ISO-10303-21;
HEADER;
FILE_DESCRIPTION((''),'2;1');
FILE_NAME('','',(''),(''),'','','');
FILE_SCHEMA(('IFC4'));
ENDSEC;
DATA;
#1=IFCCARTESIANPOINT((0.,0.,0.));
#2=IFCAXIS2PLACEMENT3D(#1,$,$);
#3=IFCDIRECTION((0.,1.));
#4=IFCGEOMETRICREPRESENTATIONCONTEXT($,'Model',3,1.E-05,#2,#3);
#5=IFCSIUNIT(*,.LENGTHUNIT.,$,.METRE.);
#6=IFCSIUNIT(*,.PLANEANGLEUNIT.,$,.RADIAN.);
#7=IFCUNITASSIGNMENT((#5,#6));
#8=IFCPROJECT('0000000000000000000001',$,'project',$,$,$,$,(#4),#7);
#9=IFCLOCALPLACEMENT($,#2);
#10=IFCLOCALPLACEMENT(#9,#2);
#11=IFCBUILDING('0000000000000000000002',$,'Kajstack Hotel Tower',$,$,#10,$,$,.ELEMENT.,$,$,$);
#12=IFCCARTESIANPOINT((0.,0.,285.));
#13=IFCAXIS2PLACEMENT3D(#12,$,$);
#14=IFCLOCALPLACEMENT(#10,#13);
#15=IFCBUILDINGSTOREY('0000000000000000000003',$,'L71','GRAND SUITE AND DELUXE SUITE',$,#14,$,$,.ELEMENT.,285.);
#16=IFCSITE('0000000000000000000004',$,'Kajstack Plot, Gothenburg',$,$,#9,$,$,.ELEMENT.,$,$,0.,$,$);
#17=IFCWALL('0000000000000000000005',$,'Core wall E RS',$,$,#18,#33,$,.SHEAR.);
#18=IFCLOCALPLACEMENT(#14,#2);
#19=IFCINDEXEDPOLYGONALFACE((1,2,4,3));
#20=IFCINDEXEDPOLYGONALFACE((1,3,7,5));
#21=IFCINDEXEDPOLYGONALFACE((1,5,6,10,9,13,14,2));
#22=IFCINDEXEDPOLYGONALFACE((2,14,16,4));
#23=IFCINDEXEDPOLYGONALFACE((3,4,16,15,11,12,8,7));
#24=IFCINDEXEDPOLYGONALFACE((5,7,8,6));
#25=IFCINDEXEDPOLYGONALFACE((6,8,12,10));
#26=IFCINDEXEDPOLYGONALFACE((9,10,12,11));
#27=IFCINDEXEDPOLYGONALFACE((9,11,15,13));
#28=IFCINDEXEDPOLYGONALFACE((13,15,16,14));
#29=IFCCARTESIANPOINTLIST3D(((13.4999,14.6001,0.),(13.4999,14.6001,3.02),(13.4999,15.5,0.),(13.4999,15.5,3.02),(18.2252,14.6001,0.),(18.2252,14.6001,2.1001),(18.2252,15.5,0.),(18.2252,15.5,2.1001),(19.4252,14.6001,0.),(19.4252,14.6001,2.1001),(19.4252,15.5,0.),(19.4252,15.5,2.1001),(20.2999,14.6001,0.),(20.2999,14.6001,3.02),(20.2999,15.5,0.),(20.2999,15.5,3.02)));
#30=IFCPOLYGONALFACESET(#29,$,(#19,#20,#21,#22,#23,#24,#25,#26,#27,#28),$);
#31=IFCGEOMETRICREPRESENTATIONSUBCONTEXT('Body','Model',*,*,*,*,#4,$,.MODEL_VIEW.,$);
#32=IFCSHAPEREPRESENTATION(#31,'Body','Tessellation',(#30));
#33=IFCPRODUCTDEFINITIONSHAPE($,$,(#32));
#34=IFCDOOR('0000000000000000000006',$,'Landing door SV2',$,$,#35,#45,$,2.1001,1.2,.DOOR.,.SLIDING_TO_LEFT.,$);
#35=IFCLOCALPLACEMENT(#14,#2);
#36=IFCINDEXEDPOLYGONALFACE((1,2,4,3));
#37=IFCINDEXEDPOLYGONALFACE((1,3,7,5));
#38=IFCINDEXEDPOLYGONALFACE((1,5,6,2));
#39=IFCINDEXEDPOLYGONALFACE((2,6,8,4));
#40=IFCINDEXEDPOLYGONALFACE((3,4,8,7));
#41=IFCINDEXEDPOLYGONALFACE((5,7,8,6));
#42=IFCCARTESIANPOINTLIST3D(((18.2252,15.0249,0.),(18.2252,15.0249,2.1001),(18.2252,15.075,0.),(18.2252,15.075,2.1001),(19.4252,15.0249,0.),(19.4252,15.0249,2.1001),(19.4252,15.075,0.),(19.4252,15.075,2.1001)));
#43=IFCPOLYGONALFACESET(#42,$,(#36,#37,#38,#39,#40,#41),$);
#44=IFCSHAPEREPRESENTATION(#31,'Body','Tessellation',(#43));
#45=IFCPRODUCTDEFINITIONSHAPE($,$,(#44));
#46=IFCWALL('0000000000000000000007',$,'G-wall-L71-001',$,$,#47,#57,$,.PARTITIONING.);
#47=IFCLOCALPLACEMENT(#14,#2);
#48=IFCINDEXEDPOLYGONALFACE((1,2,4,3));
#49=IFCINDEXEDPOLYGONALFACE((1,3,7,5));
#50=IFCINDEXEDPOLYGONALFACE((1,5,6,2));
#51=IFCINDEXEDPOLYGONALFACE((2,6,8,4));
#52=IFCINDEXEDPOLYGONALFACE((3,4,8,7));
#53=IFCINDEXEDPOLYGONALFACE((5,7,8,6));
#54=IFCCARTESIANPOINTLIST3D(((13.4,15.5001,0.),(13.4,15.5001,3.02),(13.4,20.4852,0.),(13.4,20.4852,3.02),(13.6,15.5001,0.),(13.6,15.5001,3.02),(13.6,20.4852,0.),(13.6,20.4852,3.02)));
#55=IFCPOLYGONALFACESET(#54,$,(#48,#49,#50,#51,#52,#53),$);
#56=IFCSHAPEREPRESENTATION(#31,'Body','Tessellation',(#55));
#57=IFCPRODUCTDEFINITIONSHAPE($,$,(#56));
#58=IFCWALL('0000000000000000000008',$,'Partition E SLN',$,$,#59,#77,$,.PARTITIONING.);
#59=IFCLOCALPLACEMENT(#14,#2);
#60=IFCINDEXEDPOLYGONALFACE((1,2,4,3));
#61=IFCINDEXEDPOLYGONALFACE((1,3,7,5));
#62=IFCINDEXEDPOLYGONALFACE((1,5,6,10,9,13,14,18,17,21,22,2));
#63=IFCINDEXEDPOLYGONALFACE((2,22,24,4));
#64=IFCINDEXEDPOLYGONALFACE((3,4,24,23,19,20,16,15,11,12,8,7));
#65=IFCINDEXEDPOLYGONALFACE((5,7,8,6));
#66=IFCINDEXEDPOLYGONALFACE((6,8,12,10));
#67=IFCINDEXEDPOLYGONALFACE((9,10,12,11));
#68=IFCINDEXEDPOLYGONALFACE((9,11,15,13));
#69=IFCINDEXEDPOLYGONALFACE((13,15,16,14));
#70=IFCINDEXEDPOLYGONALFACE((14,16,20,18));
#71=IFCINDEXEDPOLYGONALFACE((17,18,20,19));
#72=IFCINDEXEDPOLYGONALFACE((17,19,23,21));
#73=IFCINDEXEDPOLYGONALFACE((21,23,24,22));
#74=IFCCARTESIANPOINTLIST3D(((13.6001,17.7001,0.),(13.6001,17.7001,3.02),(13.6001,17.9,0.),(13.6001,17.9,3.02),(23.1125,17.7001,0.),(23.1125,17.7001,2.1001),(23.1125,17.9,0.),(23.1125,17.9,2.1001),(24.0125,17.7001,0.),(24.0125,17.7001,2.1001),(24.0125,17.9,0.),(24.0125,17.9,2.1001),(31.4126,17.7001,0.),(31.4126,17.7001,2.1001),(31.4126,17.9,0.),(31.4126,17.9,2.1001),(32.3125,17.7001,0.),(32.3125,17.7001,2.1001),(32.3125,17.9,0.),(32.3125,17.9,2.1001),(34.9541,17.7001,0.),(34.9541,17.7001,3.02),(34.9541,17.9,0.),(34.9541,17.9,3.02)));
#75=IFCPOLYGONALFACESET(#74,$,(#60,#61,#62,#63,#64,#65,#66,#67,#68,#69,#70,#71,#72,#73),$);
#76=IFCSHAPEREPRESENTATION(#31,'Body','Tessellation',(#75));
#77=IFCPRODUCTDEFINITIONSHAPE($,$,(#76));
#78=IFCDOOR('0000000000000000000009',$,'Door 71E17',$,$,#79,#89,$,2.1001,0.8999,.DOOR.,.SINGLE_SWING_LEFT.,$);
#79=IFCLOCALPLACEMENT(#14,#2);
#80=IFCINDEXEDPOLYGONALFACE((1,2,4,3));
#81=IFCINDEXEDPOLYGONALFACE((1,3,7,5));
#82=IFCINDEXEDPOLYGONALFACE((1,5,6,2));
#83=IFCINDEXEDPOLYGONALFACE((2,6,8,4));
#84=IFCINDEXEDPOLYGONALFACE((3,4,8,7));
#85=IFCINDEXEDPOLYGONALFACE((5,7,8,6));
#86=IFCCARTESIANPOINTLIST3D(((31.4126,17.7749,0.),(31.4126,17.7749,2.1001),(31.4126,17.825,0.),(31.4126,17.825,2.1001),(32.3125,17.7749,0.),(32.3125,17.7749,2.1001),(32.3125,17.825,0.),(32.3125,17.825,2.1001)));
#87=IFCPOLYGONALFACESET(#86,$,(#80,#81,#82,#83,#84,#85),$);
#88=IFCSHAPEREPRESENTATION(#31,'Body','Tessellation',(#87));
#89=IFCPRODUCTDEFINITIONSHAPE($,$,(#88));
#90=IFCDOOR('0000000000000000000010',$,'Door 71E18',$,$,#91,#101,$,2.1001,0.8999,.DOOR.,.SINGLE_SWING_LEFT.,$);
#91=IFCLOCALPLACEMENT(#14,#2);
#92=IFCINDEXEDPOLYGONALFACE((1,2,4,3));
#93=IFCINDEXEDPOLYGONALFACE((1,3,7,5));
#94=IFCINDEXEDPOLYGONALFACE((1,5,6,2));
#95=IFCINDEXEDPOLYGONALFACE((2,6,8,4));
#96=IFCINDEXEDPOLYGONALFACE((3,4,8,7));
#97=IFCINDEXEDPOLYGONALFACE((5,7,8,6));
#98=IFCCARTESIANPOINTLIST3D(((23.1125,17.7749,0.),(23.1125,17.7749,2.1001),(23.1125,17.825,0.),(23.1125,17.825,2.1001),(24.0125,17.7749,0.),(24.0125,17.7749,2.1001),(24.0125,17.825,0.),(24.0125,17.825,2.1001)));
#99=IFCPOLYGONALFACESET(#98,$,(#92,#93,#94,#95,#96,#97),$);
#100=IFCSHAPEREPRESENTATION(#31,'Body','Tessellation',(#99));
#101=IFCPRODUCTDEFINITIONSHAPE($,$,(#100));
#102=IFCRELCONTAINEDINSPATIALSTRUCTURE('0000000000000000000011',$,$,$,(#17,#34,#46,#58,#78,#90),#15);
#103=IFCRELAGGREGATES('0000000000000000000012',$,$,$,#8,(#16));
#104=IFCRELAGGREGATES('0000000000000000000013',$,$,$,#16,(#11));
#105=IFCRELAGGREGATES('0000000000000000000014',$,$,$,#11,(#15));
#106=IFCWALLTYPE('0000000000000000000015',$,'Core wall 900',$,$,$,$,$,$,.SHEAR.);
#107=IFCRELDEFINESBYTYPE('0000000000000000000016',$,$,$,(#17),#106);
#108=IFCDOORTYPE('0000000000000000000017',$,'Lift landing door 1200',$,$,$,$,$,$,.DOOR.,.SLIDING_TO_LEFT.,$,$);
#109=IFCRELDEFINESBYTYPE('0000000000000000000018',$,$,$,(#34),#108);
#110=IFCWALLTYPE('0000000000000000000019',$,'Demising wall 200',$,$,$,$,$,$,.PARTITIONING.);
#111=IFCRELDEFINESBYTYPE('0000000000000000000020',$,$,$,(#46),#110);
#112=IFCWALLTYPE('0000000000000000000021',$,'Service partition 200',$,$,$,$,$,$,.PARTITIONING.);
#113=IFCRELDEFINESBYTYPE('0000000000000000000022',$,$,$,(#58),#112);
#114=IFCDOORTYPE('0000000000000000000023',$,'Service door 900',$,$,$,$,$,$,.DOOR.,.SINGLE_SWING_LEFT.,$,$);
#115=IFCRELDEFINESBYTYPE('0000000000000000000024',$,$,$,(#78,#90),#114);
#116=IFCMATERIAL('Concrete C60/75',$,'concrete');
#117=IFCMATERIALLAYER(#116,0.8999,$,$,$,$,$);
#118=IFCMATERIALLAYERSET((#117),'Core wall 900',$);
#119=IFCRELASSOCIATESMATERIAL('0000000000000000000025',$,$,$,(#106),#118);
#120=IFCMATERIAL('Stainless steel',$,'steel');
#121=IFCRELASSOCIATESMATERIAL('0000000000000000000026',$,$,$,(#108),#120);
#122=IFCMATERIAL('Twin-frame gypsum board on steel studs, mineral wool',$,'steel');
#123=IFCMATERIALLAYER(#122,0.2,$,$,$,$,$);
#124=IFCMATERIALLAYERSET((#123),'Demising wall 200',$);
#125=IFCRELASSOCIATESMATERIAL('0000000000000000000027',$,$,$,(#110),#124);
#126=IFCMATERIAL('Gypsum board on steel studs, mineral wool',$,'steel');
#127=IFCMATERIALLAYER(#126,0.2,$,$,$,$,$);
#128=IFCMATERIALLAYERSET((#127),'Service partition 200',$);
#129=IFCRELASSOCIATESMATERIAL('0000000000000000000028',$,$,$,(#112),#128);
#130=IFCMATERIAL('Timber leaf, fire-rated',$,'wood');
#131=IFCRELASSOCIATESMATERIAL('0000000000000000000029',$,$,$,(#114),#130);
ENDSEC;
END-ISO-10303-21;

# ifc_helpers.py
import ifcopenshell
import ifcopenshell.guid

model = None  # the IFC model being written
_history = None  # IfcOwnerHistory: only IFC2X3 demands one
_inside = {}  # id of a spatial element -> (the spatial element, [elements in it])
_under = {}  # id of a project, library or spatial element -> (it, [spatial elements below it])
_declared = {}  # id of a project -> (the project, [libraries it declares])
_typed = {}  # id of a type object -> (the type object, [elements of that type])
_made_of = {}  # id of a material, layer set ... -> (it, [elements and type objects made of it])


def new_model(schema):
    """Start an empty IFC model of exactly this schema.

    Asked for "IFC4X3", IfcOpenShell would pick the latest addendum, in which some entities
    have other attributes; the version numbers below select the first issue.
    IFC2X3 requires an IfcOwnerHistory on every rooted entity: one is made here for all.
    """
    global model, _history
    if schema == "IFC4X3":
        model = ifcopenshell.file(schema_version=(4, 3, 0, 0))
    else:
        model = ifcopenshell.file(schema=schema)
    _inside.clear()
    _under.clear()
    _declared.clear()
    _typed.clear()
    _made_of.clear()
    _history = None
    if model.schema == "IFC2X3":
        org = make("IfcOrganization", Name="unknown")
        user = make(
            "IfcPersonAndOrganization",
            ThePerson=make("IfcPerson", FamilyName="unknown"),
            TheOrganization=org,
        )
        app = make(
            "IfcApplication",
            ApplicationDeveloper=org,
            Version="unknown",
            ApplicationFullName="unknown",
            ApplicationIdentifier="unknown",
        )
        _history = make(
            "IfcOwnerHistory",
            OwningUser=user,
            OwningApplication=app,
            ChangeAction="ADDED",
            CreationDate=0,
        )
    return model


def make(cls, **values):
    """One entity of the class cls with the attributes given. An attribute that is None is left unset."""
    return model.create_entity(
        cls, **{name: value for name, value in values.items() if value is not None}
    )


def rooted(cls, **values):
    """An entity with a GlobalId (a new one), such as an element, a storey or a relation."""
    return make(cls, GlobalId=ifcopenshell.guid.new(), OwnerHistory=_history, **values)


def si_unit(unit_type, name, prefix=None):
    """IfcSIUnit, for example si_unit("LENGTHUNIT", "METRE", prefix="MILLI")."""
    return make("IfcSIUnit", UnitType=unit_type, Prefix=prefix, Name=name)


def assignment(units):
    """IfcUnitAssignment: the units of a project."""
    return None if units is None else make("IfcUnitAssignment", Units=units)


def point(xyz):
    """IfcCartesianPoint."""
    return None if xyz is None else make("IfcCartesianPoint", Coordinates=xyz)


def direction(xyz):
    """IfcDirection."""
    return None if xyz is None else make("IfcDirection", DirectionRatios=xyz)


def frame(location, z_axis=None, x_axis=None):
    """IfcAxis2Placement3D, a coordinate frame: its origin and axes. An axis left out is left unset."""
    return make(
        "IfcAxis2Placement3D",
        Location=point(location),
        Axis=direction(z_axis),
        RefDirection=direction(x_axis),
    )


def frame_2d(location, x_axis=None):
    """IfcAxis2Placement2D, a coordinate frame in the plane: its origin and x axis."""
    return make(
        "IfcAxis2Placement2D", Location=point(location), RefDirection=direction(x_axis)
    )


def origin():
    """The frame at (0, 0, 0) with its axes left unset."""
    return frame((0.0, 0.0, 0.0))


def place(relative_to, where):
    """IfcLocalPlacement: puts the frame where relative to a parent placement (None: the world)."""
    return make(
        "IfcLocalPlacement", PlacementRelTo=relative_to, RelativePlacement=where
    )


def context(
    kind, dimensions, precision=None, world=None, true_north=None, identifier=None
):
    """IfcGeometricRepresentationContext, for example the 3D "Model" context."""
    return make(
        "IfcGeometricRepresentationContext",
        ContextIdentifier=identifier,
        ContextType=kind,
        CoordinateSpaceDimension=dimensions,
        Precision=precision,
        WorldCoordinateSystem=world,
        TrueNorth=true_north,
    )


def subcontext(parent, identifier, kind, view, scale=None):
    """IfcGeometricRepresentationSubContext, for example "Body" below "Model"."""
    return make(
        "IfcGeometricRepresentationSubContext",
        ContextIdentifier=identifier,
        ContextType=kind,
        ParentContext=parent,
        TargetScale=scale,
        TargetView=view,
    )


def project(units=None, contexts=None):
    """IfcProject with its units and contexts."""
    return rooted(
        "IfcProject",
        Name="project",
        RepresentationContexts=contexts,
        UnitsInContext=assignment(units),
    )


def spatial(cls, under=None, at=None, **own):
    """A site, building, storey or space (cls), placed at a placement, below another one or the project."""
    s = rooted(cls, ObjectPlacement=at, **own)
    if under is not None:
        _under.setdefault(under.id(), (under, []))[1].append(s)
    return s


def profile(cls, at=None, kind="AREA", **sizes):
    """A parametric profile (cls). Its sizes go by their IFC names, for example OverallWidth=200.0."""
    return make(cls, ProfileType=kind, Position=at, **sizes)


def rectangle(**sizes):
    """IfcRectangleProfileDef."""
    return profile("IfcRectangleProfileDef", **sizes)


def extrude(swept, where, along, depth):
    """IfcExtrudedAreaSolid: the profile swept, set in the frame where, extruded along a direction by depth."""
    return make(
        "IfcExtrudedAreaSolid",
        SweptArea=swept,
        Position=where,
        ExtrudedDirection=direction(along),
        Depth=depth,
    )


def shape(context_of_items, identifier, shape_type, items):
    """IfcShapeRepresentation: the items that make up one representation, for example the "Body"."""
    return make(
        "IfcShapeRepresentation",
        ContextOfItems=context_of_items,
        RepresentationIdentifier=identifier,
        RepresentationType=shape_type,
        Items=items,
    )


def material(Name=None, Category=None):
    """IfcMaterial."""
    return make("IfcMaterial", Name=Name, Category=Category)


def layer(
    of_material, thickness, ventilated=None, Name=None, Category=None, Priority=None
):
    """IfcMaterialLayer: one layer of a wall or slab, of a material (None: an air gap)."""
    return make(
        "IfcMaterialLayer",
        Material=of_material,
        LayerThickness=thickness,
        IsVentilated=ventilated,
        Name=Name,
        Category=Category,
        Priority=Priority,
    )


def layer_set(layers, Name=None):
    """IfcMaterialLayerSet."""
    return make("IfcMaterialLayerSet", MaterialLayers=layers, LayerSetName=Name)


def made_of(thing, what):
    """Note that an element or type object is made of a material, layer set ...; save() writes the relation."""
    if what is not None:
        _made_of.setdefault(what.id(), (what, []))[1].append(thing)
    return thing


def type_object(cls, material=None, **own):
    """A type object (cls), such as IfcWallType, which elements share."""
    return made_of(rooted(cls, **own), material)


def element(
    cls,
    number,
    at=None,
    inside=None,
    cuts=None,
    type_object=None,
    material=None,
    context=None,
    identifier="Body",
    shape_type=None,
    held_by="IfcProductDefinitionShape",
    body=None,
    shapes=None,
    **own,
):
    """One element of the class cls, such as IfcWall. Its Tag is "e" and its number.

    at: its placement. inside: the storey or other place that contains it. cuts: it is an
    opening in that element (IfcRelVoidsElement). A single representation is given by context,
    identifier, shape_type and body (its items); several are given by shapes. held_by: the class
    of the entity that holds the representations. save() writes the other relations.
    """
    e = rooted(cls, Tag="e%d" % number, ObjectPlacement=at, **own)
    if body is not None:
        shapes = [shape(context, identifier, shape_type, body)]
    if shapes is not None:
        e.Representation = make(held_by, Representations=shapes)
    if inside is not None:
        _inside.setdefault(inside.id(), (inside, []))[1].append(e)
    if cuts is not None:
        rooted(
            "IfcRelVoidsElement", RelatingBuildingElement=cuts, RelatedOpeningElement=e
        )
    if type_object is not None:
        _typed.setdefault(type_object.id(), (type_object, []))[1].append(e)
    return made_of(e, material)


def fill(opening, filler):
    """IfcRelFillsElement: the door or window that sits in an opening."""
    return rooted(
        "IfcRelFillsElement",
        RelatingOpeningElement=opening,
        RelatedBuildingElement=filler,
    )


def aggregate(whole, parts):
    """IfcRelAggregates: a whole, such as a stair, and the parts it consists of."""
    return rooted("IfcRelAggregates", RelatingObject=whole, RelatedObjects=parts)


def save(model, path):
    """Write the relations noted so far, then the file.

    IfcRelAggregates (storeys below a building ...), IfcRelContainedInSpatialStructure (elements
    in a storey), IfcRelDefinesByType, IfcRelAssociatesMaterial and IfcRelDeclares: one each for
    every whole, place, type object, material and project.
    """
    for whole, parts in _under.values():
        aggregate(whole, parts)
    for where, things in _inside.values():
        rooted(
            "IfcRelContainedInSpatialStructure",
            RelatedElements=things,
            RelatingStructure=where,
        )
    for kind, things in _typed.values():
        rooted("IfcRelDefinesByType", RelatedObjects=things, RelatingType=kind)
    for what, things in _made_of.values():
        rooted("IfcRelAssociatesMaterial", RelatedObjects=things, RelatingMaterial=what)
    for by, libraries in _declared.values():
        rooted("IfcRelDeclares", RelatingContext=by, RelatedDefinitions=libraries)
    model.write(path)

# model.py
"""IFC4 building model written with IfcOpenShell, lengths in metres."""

from ifc_helpers import new_model, si_unit, direction, frame, frame_2d, origin, place, context, subcontext, project, spatial, rectangle, extrude, material, layer, layer_set, type_object, element, fill, save


model = new_model("IFC4")

# Units and contexts
model_context = context("Model", 3, precision=1e-05, world=origin(), true_north=direction((0.0, 1.0)))
body_context = subcontext(model_context, "Body", "Model", "MODEL_VIEW")
ifc_project = project(units=[si_unit("LENGTHUNIT", "METRE"), si_unit("PLANEANGLEUNIT", "RADIAN")], contexts=[model_context])

# Site, building, storey
site_placement = place(None, origin())
site = spatial("IfcSite", under=ifc_project, at=site_placement, Name="Kajstack Plot, Gothenburg", CompositionType="ELEMENT", RefElevation=0.0)
building_placement = place(site_placement, origin())
building = spatial("IfcBuilding", under=site, at=building_placement, Name="Kajstack Hotel Tower", CompositionType="ELEMENT")
storey_placement = place(building_placement, frame((0.0, 0.0, 285.0)))
storey = spatial("IfcBuildingStorey", under=building, at=storey_placement, Name="L71", Description="GRAND SUITE AND DELUXE SUITE", CompositionType="ELEMENT", Elevation=285.0)

# Wall, opening, door
ifc_material_1 = material(Name="Concrete C60/75", Category="concrete")
ifc_layer_1 = layer(ifc_material_1, 0.8999)
ifc_layer_set_1 = layer_set([ifc_layer_1], Name="Core wall 900")
wall_type_1 = type_object("IfcWallType", Name="Core wall 900", PredefinedType="SHEAR", material=ifc_layer_set_1)
wall_1_placement = place(storey_placement, frame((13.5, 15.05, 0.0), z_axis=(0.0, 0.0, 1.0), x_axis=(1.0, 0.0, 0.0)))
wall_1 = element("IfcWall", 1, at=wall_1_placement, inside=storey, type_object=wall_type_1, Name="Core wall E RS", PredefinedType="SHEAR", context=body_context, shape_type="SweptSolid", body=[
    extrude(rectangle(XDim=6.8, YDim=0.8999, at=frame_2d((3.3999, 0.0))), origin(), (0.0, 0.0, 1.0), 3.02),
])
opening_1_placement = place(wall_1_placement, frame((4.7251, 0.0, 0.0)))
opening_1 = element("IfcOpeningElement", 2, at=opening_1_placement, cuts=wall_1, PredefinedType="OPENING", context=body_context, shape_type="SweptSolid", body=[
    extrude(rectangle(XDim=1.2, YDim=2.1001, at=frame_2d((0.6001, 1.05))), frame((0.0, 0.46, 0.0), z_axis=(0.0, -1.0, 0.0), x_axis=(1.0, 0.0, 0.0)), (0.0, 0.0, 1.0), 0.9199),
])
ifc_material_2 = material(Name="Stainless steel", Category="steel")
door_type_1 = type_object("IfcDoorType", Name="Lift landing door 1200", OperationType="SLIDING_TO_LEFT", PredefinedType="DOOR", material=ifc_material_2)
door_1_placement = place(opening_1_placement, origin())
door_1 = element("IfcDoor", 3, at=door_1_placement, inside=storey, type_object=door_type_1, Name="Landing door SV2", OperationType="SLIDING_TO_LEFT", OverallHeight=2.1001, OverallWidth=1.2, PredefinedType="DOOR", context=body_context, shape_type="SweptSolid", body=[
    extrude(rectangle(XDim=1.2, YDim=2.1001, at=frame_2d((0.6001, 1.05))), frame((0.0, 0.0249, 0.0), z_axis=(0.0, -1.0, 0.0), x_axis=(1.0, 0.0, 0.0)), (0.0, 0.0, 1.0), 0.05),
])
fill(opening_1, door_1)

# Wall
ifc_material_3 = material(Name="Twin-frame gypsum board on steel studs, mineral wool", Category="steel")
ifc_layer_2 = layer(ifc_material_3, 0.2)
ifc_layer_set_2 = layer_set([ifc_layer_2], Name="Demising wall 200")
wall_type_2 = type_object("IfcWallType", Name="Demising wall 200", PredefinedType="PARTITIONING", material=ifc_layer_set_2)
wall_2_placement = place(storey_placement, frame((13.5, 15.5, 0.0), z_axis=(0.0, 0.0, 1.0), x_axis=(0.0, 1.0, 0.0)))
element("IfcWall", 4, at=wall_2_placement, inside=storey, type_object=wall_type_2, Name="G-wall-L71-001", PredefinedType="PARTITIONING", context=body_context, shape_type="SweptSolid", body=[
    extrude(rectangle(XDim=4.9851, YDim=0.2, at=frame_2d((2.4927, 0.0))), origin(), (0.0, 0.0, 1.0), 3.02),
])

# Wall, openings, doors
ifc_material_4 = material(Name="Gypsum board on steel studs, mineral wool", Category="steel")
ifc_layer_3 = layer(ifc_material_4, 0.2)
ifc_layer_set_3 = layer_set([ifc_layer_3], Name="Service partition 200")
wall_type_3 = type_object("IfcWallType", Name="Service partition 200", PredefinedType="PARTITIONING", material=ifc_layer_set_3)
wall_3_placement = place(storey_placement, frame((13.6001, 17.8, 0.0), z_axis=(0.0, 0.0, 1.0), x_axis=(1.0, 0.0, 0.0)))
wall_3 = element("IfcWall", 5, at=wall_3_placement, inside=storey, type_object=wall_type_3, Name="Partition E SLN", PredefinedType="PARTITIONING", context=body_context, shape_type="SweptSolid", body=[
    extrude(rectangle(XDim=21.354, YDim=0.2, at=frame_2d((10.677, 0.0))), origin(), (0.0, 0.0, 1.0), 3.02),
])
opening_2_placement = place(wall_3_placement, frame((17.8125, 0.0, 0.0)))
opening_2 = element("IfcOpeningElement", 6, at=opening_2_placement, cuts=wall_3, PredefinedType="OPENING", context=body_context, shape_type="SweptSolid", body=[
    extrude(rectangle(XDim=0.8999, YDim=2.1001, at=frame_2d((0.45, 1.05))), frame((0.0, 0.1099, 0.0), z_axis=(0.0, -1.0, 0.0), x_axis=(1.0, 0.0, 0.0)), (0.0, 0.0, 1.0), 0.22),
])
opening_3_placement = place(wall_3_placement, frame((9.5125, 0.0, 0.0)))
opening_3 = element("IfcOpeningElement", 7, at=opening_3_placement, cuts=wall_3, PredefinedType="OPENING", context=body_context, shape_type="SweptSolid", body=[
    extrude(rectangle(XDim=0.8999, YDim=2.1001, at=frame_2d((0.45, 1.05))), frame((0.0, 0.1099, 0.0), z_axis=(0.0, -1.0, 0.0), x_axis=(1.0, 0.0, 0.0)), (0.0, 0.0, 1.0), 0.22),
])
ifc_material_5 = material(Name="Timber leaf, fire-rated", Category="wood")
door_type_2 = type_object("IfcDoorType", Name="Service door 900", OperationType="SINGLE_SWING_LEFT", PredefinedType="DOOR", material=ifc_material_5)
door_2_placement = place(opening_2_placement, origin())
door_2 = element("IfcDoor", 8, at=door_2_placement, inside=storey, type_object=door_type_2, Name="Door 71E17", OperationType="SINGLE_SWING_LEFT", OverallHeight=2.1001, OverallWidth=0.8999, PredefinedType="DOOR", context=body_context, shape_type="SweptSolid", body=[
    extrude(rectangle(XDim=0.8999, YDim=2.1001, at=frame_2d((0.45, 1.05))), frame((0.0, 0.0249, 0.0), z_axis=(0.0, -1.0, 0.0), x_axis=(1.0, 0.0, 0.0)), (0.0, 0.0, 1.0), 0.05),
])
fill(opening_2, door_2)
door_3_placement = place(opening_3_placement, origin())
door_3 = element("IfcDoor", 9, at=door_3_placement, inside=storey, type_object=door_type_2, Name="Door 71E18", OperationType="SINGLE_SWING_LEFT", OverallHeight=2.1001, OverallWidth=0.8999, PredefinedType="DOOR", context=body_context, shape_type="SweptSolid", body=[
    extrude(rectangle(XDim=0.8999, YDim=2.1001, at=frame_2d((0.45, 1.05))), frame((0.0, 0.0249, 0.0), z_axis=(0.0, -1.0, 0.0), x_axis=(1.0, 0.0, 0.0)), (0.0, 0.0, 1.0), 0.05),
])
fill(opening_3, door_3)

save(model, "model.ifc")
